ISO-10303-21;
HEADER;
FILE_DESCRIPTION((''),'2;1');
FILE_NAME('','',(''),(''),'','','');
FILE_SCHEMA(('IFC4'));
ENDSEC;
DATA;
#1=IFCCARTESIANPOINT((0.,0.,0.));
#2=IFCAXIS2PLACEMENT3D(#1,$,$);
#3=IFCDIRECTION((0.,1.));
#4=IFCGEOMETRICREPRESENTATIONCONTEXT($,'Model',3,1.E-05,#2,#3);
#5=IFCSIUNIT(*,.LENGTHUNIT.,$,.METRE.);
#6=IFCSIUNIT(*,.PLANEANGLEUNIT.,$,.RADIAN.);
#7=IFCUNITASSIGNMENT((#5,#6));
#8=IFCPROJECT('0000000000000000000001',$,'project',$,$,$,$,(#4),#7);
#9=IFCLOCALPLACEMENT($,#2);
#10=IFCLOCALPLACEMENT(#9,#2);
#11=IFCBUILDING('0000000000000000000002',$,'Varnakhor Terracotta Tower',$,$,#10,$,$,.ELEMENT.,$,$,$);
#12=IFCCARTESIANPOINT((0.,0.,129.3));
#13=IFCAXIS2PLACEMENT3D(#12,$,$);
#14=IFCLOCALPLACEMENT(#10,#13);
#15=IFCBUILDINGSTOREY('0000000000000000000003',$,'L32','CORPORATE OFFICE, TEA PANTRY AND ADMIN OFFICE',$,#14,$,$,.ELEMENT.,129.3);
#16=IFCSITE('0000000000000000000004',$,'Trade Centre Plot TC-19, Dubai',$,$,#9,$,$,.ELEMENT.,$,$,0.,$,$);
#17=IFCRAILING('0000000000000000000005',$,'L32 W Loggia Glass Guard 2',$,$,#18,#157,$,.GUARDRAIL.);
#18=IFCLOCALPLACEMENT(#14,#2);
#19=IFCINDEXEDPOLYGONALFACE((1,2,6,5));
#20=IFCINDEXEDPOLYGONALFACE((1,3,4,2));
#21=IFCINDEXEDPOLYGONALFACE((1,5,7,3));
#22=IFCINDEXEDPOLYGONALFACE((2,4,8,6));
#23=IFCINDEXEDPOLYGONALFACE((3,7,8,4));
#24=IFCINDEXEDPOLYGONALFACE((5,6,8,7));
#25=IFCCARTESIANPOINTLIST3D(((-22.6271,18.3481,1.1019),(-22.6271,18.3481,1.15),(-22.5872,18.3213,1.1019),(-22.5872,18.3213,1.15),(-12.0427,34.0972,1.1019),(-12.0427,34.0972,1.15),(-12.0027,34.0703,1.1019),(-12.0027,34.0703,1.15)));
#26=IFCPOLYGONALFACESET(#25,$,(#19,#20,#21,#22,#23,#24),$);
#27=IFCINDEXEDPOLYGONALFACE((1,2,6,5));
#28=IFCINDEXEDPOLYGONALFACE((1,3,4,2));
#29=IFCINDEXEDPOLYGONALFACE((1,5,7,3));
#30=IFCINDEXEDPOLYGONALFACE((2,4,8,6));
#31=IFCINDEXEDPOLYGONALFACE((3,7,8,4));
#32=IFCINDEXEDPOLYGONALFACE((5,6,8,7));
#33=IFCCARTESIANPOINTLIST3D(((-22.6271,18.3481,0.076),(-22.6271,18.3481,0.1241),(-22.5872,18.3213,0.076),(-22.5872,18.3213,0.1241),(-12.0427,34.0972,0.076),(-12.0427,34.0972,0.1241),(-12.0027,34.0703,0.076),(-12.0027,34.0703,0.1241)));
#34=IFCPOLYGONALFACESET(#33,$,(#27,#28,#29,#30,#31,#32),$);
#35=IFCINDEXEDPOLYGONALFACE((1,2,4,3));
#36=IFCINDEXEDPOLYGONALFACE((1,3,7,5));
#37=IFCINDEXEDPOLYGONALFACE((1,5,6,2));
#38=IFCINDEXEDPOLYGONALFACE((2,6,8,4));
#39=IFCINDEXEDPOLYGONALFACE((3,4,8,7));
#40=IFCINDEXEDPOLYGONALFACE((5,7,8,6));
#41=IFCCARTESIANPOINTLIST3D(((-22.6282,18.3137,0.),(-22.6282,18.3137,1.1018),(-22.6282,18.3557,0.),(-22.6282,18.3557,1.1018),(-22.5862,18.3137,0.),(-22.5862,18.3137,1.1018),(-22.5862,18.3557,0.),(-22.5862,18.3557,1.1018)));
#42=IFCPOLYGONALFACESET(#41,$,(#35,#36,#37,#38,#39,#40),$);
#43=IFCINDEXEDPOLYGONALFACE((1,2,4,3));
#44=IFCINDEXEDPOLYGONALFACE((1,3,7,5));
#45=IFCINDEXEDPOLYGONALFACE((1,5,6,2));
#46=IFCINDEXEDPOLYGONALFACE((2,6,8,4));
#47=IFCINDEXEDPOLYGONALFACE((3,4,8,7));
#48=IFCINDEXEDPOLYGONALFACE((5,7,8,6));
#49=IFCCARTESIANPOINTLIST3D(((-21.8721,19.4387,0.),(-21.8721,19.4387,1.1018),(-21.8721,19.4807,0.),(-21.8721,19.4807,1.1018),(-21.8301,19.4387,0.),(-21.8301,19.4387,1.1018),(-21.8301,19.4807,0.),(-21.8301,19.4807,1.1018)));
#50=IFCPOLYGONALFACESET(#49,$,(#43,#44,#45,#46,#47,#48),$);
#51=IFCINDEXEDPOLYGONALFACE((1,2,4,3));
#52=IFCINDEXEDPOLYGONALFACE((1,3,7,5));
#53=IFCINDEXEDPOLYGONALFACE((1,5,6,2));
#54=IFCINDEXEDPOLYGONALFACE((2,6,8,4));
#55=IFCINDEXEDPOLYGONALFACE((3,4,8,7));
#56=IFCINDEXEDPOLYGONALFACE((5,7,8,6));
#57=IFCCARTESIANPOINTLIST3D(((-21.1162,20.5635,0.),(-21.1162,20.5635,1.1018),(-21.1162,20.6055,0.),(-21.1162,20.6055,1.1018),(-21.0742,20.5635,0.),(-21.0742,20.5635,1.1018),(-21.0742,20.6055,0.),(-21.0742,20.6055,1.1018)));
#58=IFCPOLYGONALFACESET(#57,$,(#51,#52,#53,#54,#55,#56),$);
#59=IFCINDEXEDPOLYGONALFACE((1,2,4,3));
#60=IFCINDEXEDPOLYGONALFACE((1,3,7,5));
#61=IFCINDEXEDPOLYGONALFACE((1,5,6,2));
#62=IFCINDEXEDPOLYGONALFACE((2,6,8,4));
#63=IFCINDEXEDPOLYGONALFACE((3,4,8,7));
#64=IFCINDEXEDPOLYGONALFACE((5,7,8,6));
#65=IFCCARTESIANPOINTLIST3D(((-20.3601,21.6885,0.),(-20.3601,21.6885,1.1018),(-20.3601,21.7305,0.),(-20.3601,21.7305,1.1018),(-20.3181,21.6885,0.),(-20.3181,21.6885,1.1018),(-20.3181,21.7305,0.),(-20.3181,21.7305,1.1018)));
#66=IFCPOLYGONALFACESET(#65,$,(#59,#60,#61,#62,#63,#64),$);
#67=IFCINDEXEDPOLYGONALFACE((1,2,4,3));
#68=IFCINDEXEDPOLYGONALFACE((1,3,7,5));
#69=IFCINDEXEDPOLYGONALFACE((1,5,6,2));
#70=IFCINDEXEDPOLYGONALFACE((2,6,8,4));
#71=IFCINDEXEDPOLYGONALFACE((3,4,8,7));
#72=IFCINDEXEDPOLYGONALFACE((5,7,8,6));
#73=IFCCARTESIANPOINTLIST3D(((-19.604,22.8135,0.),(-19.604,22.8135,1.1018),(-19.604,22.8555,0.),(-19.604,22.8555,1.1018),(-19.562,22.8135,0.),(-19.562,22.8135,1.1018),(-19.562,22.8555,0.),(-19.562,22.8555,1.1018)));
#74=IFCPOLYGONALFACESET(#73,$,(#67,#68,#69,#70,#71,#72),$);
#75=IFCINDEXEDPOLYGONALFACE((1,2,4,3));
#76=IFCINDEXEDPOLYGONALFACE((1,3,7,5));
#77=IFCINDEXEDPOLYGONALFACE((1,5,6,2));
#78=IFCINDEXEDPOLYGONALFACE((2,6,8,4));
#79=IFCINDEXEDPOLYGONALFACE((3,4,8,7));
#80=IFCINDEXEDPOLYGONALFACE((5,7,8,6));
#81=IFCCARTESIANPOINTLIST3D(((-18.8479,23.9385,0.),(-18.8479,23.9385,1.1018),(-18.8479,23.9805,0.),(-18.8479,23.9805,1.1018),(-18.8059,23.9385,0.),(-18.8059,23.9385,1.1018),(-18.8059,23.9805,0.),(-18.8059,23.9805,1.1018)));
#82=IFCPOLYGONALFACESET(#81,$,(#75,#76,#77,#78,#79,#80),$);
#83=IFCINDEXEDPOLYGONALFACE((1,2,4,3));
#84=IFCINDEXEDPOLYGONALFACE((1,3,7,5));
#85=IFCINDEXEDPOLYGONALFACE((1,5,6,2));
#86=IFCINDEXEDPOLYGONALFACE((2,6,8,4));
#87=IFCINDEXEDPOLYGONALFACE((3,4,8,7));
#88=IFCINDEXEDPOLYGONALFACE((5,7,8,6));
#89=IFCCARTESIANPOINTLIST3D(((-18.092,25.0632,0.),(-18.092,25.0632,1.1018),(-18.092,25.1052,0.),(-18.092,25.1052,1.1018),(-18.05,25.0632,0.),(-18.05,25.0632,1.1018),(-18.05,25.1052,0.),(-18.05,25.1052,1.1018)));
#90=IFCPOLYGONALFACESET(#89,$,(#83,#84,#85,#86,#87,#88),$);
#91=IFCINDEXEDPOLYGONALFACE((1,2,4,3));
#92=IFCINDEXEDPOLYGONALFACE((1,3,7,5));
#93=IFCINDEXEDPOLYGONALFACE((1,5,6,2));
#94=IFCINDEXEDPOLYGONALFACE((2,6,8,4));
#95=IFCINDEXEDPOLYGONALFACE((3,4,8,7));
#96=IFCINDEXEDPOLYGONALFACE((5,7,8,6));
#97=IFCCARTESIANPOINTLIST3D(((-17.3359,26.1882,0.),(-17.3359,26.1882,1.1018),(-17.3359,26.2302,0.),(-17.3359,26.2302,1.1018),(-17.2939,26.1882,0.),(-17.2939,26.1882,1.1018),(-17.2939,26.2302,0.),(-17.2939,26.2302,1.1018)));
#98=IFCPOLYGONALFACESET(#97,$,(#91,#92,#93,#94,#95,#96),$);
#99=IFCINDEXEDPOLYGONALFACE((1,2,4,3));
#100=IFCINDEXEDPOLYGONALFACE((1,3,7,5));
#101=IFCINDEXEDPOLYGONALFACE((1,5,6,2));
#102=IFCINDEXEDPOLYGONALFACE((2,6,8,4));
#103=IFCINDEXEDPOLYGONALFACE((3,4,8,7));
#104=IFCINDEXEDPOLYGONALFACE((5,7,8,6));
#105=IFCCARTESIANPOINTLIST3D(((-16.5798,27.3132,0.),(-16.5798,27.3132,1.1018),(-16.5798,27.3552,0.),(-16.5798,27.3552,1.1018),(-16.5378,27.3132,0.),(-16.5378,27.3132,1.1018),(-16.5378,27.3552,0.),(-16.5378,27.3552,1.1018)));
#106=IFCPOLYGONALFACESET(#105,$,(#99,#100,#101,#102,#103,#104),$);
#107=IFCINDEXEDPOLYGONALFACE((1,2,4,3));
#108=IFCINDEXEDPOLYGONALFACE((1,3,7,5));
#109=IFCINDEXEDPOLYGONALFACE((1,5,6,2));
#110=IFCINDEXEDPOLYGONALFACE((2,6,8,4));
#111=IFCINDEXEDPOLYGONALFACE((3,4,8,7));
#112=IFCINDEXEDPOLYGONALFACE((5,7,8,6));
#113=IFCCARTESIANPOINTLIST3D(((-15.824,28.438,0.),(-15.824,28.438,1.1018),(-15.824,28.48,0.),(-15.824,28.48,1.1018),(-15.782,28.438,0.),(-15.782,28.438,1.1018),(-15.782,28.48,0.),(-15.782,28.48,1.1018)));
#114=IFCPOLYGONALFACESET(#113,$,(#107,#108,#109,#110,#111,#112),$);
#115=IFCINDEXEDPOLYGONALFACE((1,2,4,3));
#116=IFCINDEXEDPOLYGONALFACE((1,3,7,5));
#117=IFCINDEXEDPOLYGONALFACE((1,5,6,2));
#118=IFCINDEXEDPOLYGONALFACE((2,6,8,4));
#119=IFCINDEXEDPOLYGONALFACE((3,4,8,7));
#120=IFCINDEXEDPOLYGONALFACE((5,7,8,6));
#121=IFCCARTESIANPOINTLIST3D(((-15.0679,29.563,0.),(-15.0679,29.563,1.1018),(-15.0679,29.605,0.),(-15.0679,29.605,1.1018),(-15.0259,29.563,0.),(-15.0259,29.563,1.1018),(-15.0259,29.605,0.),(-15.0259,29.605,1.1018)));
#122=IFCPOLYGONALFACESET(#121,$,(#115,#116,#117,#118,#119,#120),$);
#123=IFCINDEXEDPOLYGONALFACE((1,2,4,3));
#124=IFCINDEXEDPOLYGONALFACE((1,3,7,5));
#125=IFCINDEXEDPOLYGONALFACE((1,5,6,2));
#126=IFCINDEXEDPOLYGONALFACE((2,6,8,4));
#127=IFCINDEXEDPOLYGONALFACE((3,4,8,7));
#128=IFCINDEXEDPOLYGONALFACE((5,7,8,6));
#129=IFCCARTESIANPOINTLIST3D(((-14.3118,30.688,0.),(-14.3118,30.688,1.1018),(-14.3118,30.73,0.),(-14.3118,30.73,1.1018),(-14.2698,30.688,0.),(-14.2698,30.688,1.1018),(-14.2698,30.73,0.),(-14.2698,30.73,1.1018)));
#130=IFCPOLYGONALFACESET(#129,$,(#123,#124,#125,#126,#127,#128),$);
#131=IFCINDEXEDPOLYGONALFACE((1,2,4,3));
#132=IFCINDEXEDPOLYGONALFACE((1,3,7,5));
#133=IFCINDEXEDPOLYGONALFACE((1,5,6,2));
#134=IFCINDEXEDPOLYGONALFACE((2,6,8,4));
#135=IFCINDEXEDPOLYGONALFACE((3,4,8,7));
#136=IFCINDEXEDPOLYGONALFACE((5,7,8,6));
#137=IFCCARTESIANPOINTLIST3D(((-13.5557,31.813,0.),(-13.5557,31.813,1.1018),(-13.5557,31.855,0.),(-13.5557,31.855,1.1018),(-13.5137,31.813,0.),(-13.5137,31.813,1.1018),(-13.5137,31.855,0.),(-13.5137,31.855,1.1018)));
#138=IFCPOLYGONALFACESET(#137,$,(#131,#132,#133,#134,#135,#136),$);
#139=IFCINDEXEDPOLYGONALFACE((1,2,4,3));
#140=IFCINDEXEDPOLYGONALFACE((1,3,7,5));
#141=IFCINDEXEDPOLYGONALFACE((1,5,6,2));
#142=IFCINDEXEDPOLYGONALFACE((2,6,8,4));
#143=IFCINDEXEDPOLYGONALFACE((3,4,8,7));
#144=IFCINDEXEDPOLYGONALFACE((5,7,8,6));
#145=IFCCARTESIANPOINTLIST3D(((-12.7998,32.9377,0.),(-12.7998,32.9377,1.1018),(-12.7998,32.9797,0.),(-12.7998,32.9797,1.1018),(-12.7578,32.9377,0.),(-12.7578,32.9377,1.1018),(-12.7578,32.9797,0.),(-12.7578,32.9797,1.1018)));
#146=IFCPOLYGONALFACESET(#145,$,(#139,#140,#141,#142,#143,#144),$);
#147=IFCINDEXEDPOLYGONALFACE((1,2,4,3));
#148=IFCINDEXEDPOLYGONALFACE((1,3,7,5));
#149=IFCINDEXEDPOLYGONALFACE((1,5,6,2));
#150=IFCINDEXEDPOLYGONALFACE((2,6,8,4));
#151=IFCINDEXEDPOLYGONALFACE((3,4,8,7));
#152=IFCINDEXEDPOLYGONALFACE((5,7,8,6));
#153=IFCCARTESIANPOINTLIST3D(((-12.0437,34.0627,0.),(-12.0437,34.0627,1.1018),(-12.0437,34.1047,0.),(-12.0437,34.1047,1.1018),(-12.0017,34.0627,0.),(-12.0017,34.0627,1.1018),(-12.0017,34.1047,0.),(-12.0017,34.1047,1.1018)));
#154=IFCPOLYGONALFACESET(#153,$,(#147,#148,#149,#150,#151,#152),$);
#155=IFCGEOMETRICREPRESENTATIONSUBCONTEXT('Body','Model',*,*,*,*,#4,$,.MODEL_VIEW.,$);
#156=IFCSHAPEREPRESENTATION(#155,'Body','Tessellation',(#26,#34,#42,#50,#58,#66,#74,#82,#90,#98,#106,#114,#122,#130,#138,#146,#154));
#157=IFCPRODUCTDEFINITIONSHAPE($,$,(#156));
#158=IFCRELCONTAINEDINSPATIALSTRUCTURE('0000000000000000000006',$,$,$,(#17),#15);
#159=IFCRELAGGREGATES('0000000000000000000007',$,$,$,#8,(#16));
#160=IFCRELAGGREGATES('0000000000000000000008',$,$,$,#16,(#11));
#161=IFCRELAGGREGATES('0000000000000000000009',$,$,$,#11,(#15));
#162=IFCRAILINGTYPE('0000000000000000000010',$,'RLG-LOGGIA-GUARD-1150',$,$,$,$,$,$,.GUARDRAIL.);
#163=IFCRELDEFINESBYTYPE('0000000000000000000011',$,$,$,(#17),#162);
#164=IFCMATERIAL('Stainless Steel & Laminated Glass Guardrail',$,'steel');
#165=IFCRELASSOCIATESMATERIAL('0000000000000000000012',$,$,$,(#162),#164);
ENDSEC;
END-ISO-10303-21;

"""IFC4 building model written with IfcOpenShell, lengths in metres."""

from ifc_helpers import new_model, si_unit, direction, frame, origin, origin_2d, place, context, subcontext, project, spatial, rectangle, extrude, material, type_object, element, save


model = new_model("IFC4")

# Units and contexts
model_context = context("Model", 3, precision=1e-05, world=origin(), true_north=direction((0.0, 1.0)))
body_context = subcontext(model_context, "Body", "Model", "MODEL_VIEW")
ifc_project = project(units=[si_unit("LENGTHUNIT", "METRE"), si_unit("PLANEANGLEUNIT", "RADIAN")], contexts=[model_context])

# Site, building, storey
site_placement = place(None, origin())
site = spatial("IfcSite", under=ifc_project, at=site_placement, Name="Trade Centre Plot TC-19, Dubai", CompositionType="ELEMENT", RefElevation=0.0)
building_placement = place(site_placement, origin())
building = spatial("IfcBuilding", under=site, at=building_placement, Name="Varnakhor Terracotta Tower", CompositionType="ELEMENT")
storey_placement = place(building_placement, frame((0.0, 0.0, 129.3)))
storey = spatial("IfcBuildingStorey", under=building, at=storey_placement, Name="L32", Description="CORPORATE OFFICE, TEA PANTRY AND ADMIN OFFICE", CompositionType="ELEMENT", Elevation=129.3)

# Railing
ifc_material_1 = material(Name="Stainless Steel & Laminated Glass Guardrail", Category="steel")
railing_type = type_object("IfcRailingType", Name="RLG-LOGGIA-GUARD-1150", PredefinedType="GUARDRAIL", material=ifc_material_1)
railing_1_placement = place(storey_placement, frame((-22.6072, 18.3347, 0.0)))
element("IfcRailing", 1, at=railing_1_placement, inside=storey, type_object=railing_type, Name="L32 W Loggia Glass Guard 2", PredefinedType="GUARDRAIL", context=body_context, shape_type="SweptSolid", body=[
    extrude(rectangle(XDim=0.0481, YDim=0.0481, at=origin_2d()), frame((0.0, 0.0, 1.126), z_axis=(0.557802, 0.829974, 0.0), x_axis=(-0.829974, 0.557802, 0.0)), (0.0, 0.0, 1.0), 18.9753),
    extrude(rectangle(XDim=0.0481, YDim=0.0481, at=origin_2d()), frame((0.0, 0.0, 0.1001), z_axis=(0.557802, 0.829974, 0.0), x_axis=(-0.829974, 0.557802, 0.0)), (0.0, 0.0, 1.0), 18.9753),
    extrude(rectangle(XDim=0.042, YDim=0.042, at=origin_2d()), origin(), (0.0, 0.0, 1.0), 1.1018),
    extrude(rectangle(XDim=0.042, YDim=0.042, at=origin_2d()), frame((0.7561, 1.125, 0.0)), (0.0, 0.0, 1.0), 1.1018),
    extrude(rectangle(XDim=0.042, YDim=0.042, at=origin_2d()), frame((1.512, 2.2498, 0.0)), (0.0, 0.0, 1.0), 1.1018),
    extrude(rectangle(XDim=0.042, YDim=0.042, at=origin_2d()), frame((2.2681, 3.3748, 0.0)), (0.0, 0.0, 1.0), 1.1018),
    extrude(rectangle(XDim=0.042, YDim=0.042, at=origin_2d()), frame((3.0242, 4.4998, 0.0)), (0.0, 0.0, 1.0), 1.1018),
    extrude(rectangle(XDim=0.042, YDim=0.042, at=origin_2d()), frame((3.7803, 5.6248, 0.0)), (0.0, 0.0, 1.0), 1.1018),
    extrude(rectangle(XDim=0.042, YDim=0.042, at=origin_2d()), frame((4.5361, 6.7495, 0.0)), (0.0, 0.0, 1.0), 1.1018),
    extrude(rectangle(XDim=0.042, YDim=0.042, at=origin_2d()), frame((5.2922, 7.8745, 0.0)), (0.0, 0.0, 1.0), 1.1018),
    extrude(rectangle(XDim=0.042, YDim=0.042, at=origin_2d()), frame((6.0483, 8.9995, 0.0)), (0.0, 0.0, 1.0), 1.1018),
    extrude(rectangle(XDim=0.042, YDim=0.042, at=origin_2d()), frame((6.8042, 10.1243, 0.0)), (0.0, 0.0, 1.0), 1.1018),
    extrude(rectangle(XDim=0.042, YDim=0.042, at=origin_2d()), frame((7.5603, 11.2493, 0.0)), (0.0, 0.0, 1.0), 1.1018),
    extrude(rectangle(XDim=0.042, YDim=0.042, at=origin_2d()), frame((8.3164, 12.3743, 0.0)), (0.0, 0.0, 1.0), 1.1018),
    extrude(rectangle(XDim=0.042, YDim=0.042, at=origin_2d()), frame((9.0725, 13.4993, 0.0)), (0.0, 0.0, 1.0), 1.1018),
    extrude(rectangle(XDim=0.042, YDim=0.042, at=origin_2d()), frame((9.8284, 14.624, 0.0)), (0.0, 0.0, 1.0), 1.1018),
    extrude(rectangle(XDim=0.042, YDim=0.042, at=origin_2d()), frame((10.5845, 15.749, 0.0)), (0.0, 0.0, 1.0), 1.1018),
])

save(model, "model.ifc")
